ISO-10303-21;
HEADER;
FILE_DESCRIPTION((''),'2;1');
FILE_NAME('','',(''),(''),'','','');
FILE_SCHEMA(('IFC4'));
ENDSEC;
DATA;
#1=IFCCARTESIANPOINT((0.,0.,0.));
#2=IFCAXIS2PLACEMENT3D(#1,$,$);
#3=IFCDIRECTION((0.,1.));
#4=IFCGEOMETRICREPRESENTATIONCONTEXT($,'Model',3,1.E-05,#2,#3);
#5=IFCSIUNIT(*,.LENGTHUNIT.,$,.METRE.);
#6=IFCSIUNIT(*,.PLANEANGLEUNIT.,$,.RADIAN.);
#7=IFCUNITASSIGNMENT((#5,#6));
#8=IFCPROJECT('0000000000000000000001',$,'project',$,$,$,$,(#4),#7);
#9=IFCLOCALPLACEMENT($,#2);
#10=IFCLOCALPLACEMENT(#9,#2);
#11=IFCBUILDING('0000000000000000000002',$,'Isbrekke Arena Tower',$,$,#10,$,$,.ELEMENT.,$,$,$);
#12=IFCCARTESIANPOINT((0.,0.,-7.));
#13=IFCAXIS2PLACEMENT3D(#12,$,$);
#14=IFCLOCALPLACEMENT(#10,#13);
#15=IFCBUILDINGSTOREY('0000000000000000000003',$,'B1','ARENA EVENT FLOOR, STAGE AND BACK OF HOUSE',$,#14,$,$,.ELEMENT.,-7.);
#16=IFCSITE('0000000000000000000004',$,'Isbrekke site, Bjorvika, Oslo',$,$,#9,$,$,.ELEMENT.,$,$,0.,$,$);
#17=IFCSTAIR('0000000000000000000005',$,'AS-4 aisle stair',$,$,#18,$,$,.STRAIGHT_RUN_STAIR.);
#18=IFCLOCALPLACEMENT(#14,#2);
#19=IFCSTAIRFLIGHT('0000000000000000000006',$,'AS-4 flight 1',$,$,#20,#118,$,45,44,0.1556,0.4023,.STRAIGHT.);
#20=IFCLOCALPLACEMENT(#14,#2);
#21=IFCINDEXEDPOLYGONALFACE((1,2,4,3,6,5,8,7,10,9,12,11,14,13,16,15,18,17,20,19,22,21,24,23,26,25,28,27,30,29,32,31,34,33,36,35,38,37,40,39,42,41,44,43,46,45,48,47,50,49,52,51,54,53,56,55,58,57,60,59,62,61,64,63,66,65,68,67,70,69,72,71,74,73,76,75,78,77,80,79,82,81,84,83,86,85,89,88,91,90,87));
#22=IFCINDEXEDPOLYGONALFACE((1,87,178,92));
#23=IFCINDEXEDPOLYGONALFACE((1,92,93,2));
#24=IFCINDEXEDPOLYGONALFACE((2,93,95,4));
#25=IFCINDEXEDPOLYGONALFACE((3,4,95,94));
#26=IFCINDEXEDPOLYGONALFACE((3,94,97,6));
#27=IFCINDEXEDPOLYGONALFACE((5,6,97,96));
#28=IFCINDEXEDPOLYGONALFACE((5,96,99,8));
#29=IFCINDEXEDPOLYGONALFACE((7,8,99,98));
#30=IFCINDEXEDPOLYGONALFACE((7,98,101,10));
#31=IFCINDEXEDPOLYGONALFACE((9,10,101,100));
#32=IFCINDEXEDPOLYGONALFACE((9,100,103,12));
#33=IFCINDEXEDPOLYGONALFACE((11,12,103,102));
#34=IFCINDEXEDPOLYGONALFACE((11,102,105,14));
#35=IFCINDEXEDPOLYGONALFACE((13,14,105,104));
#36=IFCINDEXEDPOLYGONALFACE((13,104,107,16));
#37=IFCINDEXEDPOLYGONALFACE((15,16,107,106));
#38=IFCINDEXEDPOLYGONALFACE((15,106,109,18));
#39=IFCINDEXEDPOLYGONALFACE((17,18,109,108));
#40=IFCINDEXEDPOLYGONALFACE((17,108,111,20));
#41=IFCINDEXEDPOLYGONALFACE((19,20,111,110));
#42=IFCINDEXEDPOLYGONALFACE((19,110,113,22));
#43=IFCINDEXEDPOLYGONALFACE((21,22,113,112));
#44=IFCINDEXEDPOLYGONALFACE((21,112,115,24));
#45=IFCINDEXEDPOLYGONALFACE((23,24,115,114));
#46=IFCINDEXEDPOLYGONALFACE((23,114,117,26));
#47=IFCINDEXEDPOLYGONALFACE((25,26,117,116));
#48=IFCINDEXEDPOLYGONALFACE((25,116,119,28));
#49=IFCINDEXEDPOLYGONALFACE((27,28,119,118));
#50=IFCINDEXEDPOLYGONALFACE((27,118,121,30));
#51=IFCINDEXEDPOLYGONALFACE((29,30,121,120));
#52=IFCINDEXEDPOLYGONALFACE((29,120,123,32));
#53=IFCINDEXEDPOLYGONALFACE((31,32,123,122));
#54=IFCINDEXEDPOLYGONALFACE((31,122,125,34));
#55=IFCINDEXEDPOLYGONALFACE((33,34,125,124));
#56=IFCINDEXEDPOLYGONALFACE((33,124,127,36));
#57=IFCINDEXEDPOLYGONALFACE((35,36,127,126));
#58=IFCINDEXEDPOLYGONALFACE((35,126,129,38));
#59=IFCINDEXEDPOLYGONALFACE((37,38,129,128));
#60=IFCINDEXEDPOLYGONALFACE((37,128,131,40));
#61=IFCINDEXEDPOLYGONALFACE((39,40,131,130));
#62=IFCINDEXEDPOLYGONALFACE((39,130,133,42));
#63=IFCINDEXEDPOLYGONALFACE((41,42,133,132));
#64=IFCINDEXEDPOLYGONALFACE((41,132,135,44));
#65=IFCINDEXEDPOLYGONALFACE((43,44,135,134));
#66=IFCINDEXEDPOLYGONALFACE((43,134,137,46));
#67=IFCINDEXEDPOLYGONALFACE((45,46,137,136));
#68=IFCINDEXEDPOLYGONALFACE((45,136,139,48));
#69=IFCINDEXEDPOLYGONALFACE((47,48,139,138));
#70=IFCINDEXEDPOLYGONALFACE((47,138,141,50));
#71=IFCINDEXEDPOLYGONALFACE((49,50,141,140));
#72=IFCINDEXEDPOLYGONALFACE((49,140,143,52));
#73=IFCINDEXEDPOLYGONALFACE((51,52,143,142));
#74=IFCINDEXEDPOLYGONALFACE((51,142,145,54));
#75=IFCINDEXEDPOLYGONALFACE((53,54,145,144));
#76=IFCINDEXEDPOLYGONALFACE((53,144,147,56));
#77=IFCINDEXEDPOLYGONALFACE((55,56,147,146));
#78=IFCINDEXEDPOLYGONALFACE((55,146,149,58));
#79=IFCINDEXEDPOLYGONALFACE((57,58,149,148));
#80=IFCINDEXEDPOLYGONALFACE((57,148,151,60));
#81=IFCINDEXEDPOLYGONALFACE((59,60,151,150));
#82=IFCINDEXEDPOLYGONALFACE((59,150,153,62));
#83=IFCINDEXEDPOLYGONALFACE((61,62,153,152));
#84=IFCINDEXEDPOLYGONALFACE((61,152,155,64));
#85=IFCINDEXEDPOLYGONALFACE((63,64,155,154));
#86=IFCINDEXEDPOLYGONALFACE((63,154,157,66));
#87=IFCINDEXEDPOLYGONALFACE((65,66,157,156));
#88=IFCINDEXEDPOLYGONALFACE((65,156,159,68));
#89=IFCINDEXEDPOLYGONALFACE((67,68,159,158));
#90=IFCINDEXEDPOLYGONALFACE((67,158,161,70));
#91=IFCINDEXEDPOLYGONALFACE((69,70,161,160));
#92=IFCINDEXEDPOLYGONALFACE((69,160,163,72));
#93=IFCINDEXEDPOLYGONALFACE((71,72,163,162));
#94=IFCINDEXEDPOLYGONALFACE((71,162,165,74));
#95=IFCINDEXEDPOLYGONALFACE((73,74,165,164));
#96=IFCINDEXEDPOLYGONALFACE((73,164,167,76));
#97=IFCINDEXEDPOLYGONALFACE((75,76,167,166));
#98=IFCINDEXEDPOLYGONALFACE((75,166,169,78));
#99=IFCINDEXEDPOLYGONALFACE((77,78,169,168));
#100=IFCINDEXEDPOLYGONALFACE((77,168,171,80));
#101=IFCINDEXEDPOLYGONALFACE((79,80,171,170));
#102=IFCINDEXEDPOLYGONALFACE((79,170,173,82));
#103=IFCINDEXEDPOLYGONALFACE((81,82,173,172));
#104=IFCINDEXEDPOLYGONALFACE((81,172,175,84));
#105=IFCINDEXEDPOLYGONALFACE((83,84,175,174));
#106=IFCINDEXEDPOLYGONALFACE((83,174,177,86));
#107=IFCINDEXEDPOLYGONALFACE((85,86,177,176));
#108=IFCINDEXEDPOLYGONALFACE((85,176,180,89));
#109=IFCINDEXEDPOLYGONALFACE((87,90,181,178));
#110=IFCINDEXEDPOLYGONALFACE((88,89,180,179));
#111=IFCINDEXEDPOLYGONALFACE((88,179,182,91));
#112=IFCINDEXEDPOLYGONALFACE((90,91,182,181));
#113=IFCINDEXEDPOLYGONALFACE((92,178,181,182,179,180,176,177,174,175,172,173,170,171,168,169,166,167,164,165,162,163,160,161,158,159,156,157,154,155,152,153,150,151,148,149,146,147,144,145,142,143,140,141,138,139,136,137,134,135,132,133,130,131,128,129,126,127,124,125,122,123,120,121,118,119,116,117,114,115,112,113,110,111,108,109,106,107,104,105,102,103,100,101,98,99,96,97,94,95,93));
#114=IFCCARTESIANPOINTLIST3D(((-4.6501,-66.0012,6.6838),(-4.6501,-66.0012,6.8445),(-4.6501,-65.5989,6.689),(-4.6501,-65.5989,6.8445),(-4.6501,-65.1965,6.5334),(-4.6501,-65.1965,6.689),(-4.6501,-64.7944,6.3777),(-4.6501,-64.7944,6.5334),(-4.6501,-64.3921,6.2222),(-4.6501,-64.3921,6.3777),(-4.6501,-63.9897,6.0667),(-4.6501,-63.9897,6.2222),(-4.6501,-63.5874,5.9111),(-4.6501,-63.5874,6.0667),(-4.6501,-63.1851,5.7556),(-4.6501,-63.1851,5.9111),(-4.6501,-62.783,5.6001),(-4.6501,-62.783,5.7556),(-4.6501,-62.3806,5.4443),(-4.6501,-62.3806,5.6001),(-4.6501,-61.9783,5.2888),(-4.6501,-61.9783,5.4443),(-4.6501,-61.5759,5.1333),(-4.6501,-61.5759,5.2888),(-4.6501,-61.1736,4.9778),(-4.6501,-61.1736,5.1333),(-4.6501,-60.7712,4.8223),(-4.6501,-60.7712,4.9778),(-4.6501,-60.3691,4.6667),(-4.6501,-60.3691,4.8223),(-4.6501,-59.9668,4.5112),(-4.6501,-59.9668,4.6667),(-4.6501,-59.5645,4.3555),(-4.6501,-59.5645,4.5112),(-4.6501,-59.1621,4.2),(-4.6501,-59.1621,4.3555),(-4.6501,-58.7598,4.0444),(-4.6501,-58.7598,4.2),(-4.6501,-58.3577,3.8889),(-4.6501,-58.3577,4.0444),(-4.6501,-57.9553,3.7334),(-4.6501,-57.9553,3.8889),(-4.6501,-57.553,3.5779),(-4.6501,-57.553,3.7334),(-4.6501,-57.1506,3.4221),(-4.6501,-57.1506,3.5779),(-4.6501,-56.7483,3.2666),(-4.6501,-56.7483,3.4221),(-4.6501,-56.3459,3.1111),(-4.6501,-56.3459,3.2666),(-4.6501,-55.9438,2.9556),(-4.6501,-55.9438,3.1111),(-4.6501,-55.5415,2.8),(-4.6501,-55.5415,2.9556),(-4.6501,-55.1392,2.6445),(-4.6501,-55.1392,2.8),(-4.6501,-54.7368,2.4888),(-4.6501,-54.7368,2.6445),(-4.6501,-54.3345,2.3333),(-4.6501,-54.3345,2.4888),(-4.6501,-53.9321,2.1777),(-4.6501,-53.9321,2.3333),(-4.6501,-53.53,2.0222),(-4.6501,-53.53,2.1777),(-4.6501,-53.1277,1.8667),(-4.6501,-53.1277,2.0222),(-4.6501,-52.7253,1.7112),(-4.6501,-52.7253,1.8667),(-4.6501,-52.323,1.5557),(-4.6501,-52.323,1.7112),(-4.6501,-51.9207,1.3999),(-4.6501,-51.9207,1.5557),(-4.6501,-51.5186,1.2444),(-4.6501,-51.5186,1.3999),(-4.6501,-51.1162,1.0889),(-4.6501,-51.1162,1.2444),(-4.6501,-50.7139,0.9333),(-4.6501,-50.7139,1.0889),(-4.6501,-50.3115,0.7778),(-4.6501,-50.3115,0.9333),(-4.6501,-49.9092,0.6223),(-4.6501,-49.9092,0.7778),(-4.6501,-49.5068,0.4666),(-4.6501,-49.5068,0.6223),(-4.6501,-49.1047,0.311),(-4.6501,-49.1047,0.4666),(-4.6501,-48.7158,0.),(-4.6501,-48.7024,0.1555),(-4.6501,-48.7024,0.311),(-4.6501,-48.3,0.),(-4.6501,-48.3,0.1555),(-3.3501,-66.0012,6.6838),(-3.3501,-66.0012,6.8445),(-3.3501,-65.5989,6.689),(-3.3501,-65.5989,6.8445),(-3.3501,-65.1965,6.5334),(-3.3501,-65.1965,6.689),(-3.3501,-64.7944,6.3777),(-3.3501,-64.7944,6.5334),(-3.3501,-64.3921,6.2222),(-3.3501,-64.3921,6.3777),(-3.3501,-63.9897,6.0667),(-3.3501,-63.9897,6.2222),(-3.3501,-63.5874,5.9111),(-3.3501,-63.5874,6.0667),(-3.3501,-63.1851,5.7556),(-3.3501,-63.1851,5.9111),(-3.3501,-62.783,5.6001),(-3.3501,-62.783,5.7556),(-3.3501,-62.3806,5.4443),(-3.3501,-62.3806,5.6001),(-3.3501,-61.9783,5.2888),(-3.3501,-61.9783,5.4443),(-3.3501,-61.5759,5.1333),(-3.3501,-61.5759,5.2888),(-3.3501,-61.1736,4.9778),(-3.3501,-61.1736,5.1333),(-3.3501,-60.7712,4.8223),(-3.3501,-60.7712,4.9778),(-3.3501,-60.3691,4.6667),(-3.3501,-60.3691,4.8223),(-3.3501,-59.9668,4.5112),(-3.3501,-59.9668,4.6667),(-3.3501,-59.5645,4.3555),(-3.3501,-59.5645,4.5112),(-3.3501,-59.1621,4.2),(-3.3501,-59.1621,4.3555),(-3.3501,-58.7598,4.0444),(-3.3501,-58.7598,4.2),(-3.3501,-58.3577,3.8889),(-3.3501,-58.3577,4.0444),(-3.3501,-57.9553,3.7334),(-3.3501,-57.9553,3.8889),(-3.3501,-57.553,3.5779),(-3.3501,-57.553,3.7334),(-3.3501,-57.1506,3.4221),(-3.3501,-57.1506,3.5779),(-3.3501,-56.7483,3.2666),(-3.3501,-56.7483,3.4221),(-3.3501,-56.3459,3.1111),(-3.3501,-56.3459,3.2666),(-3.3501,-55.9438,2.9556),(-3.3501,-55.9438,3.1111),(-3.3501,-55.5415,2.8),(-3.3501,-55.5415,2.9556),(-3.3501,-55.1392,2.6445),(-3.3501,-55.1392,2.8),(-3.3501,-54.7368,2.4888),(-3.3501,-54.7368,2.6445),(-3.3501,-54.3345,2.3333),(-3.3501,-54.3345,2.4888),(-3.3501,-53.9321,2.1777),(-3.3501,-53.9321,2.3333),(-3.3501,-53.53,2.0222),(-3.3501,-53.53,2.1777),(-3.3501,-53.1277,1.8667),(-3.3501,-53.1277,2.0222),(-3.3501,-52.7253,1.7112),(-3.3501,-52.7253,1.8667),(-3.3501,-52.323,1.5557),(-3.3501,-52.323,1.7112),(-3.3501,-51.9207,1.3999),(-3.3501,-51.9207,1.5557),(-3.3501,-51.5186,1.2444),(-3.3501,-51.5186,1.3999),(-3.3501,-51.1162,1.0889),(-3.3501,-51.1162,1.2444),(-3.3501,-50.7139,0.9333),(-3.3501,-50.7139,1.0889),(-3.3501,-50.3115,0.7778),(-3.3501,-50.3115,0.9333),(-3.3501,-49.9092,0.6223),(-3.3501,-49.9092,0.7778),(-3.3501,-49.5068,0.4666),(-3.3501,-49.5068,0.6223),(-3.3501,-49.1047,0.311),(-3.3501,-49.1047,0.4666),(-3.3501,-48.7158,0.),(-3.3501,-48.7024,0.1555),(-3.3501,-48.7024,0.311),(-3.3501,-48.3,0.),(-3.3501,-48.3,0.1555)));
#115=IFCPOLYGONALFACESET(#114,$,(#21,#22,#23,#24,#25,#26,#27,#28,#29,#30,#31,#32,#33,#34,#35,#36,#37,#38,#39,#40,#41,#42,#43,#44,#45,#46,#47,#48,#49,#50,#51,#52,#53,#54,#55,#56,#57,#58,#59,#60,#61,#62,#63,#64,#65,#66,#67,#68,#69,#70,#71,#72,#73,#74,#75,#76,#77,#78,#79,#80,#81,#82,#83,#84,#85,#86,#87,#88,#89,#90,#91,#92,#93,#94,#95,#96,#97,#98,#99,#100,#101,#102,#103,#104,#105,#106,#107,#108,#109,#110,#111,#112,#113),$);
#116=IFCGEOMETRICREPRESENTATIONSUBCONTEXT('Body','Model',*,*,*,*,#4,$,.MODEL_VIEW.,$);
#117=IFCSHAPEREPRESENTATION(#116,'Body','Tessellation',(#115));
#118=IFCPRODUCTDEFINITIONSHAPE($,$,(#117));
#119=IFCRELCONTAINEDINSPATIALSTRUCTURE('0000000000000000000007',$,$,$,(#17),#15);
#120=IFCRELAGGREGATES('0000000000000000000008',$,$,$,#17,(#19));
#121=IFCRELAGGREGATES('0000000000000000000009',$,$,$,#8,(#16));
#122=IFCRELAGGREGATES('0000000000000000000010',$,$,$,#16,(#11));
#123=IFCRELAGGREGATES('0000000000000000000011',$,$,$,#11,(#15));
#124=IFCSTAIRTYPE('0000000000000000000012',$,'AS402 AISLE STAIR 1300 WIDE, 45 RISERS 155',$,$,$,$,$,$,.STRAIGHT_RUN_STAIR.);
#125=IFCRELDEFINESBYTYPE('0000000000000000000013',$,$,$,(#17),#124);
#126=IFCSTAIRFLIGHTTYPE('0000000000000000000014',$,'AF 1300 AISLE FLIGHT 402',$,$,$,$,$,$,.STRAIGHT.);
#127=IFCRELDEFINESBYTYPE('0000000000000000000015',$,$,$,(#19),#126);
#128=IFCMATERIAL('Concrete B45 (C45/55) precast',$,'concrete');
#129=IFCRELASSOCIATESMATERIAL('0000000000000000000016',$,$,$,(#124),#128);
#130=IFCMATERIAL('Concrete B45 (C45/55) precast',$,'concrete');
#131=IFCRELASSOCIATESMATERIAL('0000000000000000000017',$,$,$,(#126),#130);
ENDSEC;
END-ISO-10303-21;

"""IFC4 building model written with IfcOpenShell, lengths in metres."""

from ifc_helpers import new_model, si_unit, direction, frame, origin, place, context, subcontext, project, spatial, polyline, outline, extrude, material, type_object, element, aggregate, save


model = new_model("IFC4")

# Units and contexts
model_context = context("Model", 3, precision=1e-05, world=origin(), true_north=direction((0.0, 1.0)))
body_context = subcontext(model_context, "Body", "Model", "MODEL_VIEW")
ifc_project = project(units=[si_unit("LENGTHUNIT", "METRE"), si_unit("PLANEANGLEUNIT", "RADIAN")], contexts=[model_context])

# Site, building, storey
site_placement = place(None, origin())
site = spatial("IfcSite", under=ifc_project, at=site_placement, Name="Isbrekke site, Bjorvika, Oslo", CompositionType="ELEMENT", RefElevation=0.0)
building_placement = place(site_placement, origin())
building = spatial("IfcBuilding", under=site, at=building_placement, Name="Isbrekke Arena Tower", CompositionType="ELEMENT")
storey_placement = place(building_placement, frame((0.0, 0.0, -7.0)))
storey = spatial("IfcBuildingStorey", under=building, at=storey_placement, Name="B1", Description="ARENA EVENT FLOOR, STAGE AND BACK OF HOUSE", CompositionType="ELEMENT", Elevation=-7.0)

# Stair, stair flight
ifc_material_1 = material(Name="Concrete B45 (C45/55) precast", Category="concrete")
stair_type = type_object("IfcStairType", Name="AS402 AISLE STAIR 1300 WIDE, 45 RISERS 155", PredefinedType="STRAIGHT_RUN_STAIR", material=ifc_material_1)
ifc_material_2 = material(Name="Concrete B45 (C45/55) precast", Category="concrete")
stair_flight_type = type_object("IfcStairFlightType", Name="AF 1300 AISLE FLIGHT 402", PredefinedType="STRAIGHT", material=ifc_material_2)
stair_1_placement = place(storey_placement, origin())
stair_1 = element("IfcStair", 1, at=stair_1_placement, inside=storey, type_object=stair_type, Name="AS-4 aisle stair", PredefinedType="STRAIGHT_RUN_STAIR")
stair_flight_1_placement = place(storey_placement, frame((-4.0, -48.3, 0.0), z_axis=(0.0, 0.0, 1.0), x_axis=(0.0, -1.0, 0.0)))
stair_flight_1 = element("IfcStairFlight", 2, at=stair_flight_1_placement, type_object=stair_flight_type, Name="AS-4 flight 1", NumberOfRisers=45, NumberOfTreads=44, PredefinedType="STRAIGHT", RiserHeight=0.1556, TreadLength=0.4023, context=body_context, shape_type="SweptSolid", body=[
    extrude(outline(polyline([(0.0, 0.0), (0.0, 0.1555), (0.4023, 0.1555), (0.4023, 0.311), (0.8047, 0.311), (0.8047, 0.4666), (1.2068, 0.4666), (1.2068, 0.6223), (1.6091, 0.6223), (1.6091, 0.7778), (2.0115, 0.7778), (2.0115, 0.9333), (2.4138, 0.9333), (2.4138, 1.0889), (2.8162, 1.0889), (2.8162, 1.2444), (3.2185, 1.2444), (3.2185, 1.3999), (3.6206, 1.3999), (3.6206, 1.5557), (4.0229, 1.5557), (4.0229, 1.7112), (4.4253, 1.7112), (4.4253, 1.8667), (4.8276, 1.8667), (4.8276, 2.0222), (5.23, 2.0222), (5.23, 2.1777), (5.6321, 2.1777), (5.6321, 2.3333), (6.0344, 2.3333), (6.0344, 2.4888), (6.4368, 2.4888), (6.4368, 2.6445), (6.8391, 2.6445), (6.8391, 2.8), (7.2415, 2.8), (7.2415, 2.9556), (7.6438, 2.9556), (7.6438, 3.1111), (8.0459, 3.1111), (8.0459, 3.2666), (8.4482, 3.2666), (8.4482, 3.4221), (8.8506, 3.4221), (8.8506, 3.5779), (9.2529, 3.5779), (9.2529, 3.7334), (9.6553, 3.7334), (9.6553, 3.8889), (10.0576, 3.8889), (10.0576, 4.0444), (10.4597, 4.0444), (10.4597, 4.2), (10.8621, 4.2), (10.8621, 4.3555), (11.2644, 4.3555), (11.2644, 4.5112), (11.6667, 4.5112), (11.6667, 4.6667), (12.0691, 4.6667), (12.0691, 4.8223), (12.4712, 4.8223), (12.4712, 4.9778), (12.8735, 4.9778), (12.8735, 5.1333), (13.2759, 5.1333), (13.2759, 5.2888), (13.6782, 5.2888), (13.6782, 5.4443), (14.0806, 5.4443), (14.0806, 5.6001), (14.4829, 5.6001), (14.4829, 5.7556), (14.885, 5.7556), (14.885, 5.9111), (15.2874, 5.9111), (15.2874, 6.0667), (15.6897, 6.0667), (15.6897, 6.2222), (16.092, 6.2222), (16.092, 6.3777), (16.4944, 6.3777), (16.4944, 6.5334), (16.8965, 6.5334), (16.8965, 6.689), (17.2988, 6.689), (17.2988, 6.8445), (17.7012, 6.8445), (17.7012, 7.0), (17.7012, 6.6838), (0.4158, 0.0), (0.0, 0.0)])), frame((0.0, 0.6499, 0.0), z_axis=(0.0, -1.0, 0.0), x_axis=(1.0, 0.0, 0.0)), (0.0, 0.0, 1.0), 1.3),
])
aggregate(stair_1, [stair_flight_1])

save(model, "model.ifc")
